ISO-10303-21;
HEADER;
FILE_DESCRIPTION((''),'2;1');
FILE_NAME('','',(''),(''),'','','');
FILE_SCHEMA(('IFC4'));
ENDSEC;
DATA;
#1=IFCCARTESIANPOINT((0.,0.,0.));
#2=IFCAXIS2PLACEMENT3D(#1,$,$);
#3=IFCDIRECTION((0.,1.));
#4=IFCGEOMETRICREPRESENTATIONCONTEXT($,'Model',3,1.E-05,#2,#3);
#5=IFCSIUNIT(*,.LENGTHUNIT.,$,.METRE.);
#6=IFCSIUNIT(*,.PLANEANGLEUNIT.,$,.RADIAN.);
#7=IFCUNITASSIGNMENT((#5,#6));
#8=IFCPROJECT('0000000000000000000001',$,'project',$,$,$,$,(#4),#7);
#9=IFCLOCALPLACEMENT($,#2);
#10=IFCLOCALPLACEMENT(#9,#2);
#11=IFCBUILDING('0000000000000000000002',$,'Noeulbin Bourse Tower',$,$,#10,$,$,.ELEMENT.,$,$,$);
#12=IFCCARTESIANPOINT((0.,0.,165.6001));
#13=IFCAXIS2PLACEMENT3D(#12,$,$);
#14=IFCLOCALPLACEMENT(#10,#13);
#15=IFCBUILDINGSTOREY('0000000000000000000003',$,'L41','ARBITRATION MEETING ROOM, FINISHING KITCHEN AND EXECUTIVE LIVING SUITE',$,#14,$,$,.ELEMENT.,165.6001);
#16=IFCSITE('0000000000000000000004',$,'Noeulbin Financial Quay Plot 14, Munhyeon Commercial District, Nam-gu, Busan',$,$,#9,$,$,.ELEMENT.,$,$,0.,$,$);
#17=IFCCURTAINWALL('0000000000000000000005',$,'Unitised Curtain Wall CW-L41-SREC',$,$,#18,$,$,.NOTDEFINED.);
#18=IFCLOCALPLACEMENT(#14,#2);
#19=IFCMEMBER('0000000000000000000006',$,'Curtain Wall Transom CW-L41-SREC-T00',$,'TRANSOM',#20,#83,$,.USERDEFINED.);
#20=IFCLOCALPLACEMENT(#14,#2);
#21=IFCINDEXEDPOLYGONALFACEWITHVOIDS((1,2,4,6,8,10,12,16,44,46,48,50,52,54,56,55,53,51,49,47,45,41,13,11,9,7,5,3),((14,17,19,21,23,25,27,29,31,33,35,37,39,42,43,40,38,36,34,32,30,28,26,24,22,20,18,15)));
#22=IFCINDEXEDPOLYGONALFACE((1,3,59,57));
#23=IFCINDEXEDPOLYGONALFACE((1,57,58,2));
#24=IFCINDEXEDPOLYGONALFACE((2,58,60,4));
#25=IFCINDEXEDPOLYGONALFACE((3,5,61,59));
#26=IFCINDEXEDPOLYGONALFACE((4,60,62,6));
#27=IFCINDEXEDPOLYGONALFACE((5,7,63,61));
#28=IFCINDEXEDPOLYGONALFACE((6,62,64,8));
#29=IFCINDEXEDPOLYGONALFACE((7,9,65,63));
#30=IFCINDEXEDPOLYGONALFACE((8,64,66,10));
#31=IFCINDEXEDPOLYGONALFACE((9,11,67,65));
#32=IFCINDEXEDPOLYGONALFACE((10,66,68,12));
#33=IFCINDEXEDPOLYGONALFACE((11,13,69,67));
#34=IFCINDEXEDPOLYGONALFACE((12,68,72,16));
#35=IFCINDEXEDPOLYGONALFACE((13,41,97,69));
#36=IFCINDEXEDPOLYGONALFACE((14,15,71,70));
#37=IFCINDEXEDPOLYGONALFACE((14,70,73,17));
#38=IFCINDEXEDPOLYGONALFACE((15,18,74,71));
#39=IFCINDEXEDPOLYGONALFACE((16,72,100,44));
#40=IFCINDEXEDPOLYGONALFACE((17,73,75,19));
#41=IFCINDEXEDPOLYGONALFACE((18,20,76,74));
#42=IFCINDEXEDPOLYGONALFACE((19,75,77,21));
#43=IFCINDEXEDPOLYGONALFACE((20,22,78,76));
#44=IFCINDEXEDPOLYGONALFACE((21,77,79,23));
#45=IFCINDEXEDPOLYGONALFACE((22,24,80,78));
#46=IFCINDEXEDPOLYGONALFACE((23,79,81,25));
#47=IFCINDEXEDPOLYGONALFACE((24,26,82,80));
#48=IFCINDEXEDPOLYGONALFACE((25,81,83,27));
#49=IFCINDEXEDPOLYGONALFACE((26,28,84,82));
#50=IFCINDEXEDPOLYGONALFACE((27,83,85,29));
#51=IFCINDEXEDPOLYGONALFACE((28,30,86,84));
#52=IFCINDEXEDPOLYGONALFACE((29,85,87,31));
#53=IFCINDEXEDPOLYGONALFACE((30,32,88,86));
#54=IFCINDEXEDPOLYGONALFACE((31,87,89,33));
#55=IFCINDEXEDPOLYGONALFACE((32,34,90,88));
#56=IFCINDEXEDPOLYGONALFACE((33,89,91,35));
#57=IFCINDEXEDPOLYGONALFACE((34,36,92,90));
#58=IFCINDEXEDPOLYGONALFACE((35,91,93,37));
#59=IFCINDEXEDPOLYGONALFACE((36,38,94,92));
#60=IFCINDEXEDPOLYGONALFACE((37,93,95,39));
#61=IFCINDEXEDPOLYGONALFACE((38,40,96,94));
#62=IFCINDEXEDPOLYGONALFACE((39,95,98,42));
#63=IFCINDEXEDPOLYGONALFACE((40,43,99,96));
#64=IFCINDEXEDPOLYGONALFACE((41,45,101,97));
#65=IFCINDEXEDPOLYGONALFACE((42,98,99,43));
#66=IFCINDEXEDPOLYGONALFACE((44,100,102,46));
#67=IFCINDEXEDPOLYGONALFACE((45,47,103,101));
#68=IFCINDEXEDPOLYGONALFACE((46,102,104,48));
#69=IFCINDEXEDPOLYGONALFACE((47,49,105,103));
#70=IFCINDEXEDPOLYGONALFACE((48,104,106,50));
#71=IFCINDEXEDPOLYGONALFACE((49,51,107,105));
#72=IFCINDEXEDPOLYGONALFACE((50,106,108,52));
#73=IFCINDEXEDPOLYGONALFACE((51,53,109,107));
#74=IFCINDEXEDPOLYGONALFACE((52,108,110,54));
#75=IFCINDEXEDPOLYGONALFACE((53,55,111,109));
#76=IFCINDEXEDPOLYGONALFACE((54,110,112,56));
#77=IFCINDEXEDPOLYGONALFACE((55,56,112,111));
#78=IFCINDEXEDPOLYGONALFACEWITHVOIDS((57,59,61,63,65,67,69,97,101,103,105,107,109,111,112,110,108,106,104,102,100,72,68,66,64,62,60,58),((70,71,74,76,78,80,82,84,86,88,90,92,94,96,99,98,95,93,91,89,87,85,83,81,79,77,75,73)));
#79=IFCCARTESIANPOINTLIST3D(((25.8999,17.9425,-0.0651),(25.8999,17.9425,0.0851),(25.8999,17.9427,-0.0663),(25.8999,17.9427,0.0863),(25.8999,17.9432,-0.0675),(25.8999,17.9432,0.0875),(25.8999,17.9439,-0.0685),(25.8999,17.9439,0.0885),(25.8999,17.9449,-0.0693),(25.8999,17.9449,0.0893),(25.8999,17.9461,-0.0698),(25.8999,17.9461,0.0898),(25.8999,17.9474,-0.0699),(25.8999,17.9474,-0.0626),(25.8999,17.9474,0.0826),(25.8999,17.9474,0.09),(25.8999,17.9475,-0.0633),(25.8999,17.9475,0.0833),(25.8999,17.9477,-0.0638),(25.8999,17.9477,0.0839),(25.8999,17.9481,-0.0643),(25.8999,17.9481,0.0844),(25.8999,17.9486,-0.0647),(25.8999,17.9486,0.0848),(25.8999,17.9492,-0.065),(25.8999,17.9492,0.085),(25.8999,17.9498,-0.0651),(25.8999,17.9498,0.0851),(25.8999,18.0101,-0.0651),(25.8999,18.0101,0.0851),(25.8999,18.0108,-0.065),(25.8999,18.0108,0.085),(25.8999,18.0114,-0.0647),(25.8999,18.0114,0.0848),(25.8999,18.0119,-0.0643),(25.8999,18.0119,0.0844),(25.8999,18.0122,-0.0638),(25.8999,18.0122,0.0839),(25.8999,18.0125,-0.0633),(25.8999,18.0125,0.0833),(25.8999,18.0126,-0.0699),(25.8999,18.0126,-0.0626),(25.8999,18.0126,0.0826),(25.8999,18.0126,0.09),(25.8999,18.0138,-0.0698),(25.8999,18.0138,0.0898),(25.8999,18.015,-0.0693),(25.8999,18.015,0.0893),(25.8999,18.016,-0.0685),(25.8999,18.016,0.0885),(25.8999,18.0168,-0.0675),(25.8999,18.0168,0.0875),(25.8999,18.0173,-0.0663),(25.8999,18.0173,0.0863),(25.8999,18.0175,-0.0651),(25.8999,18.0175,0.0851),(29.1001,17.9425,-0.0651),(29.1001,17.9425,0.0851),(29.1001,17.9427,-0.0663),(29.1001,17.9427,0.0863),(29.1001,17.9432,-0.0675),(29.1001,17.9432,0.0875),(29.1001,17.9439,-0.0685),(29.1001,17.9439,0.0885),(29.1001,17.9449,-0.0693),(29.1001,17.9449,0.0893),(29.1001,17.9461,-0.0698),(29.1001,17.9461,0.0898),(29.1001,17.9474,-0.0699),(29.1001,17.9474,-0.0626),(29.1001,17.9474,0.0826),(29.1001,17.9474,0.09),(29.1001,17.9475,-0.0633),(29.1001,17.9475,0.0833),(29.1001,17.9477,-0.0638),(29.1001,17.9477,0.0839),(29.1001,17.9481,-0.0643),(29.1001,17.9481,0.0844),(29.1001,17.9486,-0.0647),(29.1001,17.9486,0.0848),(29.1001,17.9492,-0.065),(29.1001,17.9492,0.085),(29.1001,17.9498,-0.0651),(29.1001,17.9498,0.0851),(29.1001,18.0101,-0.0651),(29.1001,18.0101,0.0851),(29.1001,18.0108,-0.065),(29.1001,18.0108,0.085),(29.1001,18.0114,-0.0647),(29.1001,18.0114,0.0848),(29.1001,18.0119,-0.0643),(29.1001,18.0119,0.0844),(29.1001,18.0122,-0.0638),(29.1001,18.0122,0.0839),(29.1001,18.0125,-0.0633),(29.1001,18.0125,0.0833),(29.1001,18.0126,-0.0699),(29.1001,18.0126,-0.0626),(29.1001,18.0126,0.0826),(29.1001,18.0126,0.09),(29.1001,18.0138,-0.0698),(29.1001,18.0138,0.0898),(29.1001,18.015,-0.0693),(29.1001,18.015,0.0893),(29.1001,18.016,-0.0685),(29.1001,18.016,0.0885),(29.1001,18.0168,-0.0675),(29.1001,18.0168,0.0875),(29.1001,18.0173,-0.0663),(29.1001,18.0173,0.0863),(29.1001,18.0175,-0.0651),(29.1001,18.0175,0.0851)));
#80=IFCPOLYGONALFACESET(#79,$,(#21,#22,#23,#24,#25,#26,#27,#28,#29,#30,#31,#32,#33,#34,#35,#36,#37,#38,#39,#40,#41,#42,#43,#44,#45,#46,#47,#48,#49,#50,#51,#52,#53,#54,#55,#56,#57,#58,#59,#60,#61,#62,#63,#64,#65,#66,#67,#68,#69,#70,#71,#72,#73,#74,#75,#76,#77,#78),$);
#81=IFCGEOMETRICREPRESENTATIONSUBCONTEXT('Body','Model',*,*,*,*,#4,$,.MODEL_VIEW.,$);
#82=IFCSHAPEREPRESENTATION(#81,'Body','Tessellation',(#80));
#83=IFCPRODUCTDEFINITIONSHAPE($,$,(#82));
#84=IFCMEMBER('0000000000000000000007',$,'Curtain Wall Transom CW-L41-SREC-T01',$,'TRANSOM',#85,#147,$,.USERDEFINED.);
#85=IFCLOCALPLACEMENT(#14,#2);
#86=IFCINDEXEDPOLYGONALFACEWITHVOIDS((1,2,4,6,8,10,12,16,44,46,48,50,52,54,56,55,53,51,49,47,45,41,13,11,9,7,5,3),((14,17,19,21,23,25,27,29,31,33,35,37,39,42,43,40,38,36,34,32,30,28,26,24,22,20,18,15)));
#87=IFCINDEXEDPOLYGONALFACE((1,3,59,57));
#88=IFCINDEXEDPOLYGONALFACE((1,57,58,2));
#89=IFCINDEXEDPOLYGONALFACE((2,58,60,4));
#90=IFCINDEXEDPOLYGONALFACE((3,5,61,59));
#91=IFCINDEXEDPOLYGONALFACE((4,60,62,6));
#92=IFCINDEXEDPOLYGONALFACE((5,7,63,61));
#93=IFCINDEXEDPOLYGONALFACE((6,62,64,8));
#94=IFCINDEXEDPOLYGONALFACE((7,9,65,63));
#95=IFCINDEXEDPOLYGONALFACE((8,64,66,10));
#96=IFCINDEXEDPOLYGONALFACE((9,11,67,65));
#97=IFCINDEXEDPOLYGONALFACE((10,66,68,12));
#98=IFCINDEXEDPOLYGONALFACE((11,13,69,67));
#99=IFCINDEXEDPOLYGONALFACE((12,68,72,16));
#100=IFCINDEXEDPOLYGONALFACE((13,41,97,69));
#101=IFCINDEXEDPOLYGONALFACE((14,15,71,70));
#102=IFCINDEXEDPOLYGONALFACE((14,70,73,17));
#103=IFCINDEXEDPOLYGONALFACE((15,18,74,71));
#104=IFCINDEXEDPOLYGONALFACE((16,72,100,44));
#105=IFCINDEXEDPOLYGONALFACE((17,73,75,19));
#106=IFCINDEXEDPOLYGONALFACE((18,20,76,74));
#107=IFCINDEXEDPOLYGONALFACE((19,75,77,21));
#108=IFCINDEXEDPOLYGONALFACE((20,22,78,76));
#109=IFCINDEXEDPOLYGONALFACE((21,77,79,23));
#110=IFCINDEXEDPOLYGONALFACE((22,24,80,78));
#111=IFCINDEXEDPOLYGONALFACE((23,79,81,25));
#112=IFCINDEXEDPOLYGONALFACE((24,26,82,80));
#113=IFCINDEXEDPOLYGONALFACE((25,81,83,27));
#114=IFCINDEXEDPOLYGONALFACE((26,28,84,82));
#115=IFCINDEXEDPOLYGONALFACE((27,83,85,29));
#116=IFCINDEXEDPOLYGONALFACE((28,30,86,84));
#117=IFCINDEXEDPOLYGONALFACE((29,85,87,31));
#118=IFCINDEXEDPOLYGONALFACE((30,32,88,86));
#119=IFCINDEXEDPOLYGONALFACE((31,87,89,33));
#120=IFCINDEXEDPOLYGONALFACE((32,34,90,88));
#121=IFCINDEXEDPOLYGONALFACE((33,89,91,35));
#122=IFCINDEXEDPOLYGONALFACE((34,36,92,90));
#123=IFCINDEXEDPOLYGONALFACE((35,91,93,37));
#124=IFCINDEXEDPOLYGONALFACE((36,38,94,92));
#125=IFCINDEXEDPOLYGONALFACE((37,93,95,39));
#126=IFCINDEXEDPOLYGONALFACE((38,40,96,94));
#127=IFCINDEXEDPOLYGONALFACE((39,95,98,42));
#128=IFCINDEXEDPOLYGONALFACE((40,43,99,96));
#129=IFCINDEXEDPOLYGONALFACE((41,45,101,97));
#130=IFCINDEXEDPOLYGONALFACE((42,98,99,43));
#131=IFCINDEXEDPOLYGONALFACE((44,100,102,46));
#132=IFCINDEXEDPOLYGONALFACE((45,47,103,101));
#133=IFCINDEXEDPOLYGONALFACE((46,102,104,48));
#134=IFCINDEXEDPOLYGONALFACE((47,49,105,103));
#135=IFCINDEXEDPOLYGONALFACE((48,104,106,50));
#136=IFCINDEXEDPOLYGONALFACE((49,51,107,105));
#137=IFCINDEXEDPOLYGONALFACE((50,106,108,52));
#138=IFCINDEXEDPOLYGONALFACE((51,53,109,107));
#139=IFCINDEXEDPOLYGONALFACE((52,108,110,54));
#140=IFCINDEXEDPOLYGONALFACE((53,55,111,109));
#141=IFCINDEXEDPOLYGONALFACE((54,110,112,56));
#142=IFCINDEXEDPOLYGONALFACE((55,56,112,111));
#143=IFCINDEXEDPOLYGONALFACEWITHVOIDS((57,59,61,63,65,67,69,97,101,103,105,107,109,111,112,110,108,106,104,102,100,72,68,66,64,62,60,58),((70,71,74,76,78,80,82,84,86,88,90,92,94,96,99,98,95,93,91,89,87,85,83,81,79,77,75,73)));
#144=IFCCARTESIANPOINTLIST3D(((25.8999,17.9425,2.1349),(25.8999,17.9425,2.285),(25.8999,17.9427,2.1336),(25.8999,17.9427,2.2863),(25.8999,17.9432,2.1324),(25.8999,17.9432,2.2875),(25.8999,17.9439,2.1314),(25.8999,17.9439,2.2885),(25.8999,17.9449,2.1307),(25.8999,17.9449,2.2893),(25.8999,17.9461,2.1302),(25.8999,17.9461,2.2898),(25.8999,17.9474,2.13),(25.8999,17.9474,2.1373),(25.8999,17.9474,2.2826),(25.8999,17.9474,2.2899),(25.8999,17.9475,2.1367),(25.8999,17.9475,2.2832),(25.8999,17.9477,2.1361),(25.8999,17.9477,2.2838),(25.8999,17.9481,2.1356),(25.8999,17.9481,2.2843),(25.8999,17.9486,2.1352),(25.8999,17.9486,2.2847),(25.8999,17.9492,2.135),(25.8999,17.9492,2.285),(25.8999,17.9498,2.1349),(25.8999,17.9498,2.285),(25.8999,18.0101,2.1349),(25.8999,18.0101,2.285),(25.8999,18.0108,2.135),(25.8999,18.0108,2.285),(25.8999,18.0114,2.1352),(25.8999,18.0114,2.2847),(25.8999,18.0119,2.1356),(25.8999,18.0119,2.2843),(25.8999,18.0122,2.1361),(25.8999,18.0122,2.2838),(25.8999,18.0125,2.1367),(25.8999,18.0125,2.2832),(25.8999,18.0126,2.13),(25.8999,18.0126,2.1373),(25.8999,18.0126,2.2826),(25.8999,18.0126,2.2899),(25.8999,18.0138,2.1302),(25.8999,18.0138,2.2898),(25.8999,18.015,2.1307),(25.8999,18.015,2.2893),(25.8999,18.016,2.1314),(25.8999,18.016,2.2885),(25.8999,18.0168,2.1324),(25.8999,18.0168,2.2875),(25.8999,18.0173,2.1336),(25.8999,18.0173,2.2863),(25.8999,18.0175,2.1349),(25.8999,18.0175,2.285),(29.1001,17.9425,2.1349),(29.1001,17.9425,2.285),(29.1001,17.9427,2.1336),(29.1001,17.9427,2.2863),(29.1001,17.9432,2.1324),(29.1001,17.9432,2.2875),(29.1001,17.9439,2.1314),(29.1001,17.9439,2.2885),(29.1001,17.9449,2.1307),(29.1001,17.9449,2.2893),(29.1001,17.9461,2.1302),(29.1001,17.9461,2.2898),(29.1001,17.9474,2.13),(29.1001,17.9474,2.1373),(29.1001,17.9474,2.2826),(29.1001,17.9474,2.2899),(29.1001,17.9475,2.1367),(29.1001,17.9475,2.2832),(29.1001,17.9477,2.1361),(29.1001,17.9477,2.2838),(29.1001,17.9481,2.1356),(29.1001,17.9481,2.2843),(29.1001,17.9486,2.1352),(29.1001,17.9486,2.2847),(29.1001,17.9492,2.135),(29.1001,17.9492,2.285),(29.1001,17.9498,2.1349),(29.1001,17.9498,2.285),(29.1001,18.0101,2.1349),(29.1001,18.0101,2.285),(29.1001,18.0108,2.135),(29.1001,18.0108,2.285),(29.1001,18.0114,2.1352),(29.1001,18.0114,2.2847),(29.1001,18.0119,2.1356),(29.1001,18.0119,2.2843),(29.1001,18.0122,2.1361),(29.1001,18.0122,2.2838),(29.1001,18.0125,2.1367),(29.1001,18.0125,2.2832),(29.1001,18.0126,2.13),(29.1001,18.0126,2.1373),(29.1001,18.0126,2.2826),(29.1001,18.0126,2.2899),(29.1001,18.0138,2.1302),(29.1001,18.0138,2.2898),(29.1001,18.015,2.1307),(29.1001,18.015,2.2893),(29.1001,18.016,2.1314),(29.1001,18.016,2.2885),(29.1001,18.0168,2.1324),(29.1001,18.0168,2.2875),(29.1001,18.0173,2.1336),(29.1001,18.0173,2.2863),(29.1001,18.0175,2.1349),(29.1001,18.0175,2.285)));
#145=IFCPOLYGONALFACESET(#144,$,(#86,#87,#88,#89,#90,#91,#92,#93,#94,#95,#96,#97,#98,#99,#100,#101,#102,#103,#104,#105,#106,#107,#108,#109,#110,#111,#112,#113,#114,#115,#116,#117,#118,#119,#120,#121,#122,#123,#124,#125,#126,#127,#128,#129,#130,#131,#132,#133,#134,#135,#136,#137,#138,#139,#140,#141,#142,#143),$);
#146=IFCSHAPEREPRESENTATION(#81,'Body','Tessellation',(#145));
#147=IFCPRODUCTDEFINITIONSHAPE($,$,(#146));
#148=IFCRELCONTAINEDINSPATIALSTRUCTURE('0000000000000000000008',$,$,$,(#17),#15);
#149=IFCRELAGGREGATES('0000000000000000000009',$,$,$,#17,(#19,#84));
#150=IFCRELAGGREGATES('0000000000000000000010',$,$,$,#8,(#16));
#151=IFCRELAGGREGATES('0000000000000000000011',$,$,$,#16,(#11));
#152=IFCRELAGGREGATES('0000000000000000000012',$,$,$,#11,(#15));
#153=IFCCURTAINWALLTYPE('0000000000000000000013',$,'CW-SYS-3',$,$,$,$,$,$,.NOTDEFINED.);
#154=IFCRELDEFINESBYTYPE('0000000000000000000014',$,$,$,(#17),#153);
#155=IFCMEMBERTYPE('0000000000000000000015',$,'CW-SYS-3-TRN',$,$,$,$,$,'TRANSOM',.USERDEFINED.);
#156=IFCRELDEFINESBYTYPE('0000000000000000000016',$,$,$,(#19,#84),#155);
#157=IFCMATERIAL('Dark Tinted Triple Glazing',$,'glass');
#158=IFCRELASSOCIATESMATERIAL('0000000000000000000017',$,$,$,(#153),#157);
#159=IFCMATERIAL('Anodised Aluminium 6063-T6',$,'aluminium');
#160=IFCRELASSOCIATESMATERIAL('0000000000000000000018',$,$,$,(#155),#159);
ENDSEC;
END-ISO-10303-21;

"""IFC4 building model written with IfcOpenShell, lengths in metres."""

from ifc_helpers import new_model, si_unit, direction, frame, origin, origin_2d, place, context, subcontext, project, spatial, hollow_rectangle, extrude, material, material_profile, profile_set, type_object, element, aggregate, save


model = new_model("IFC4")

# Units and contexts
model_context = context("Model", 3, precision=1e-05, world=origin(), true_north=direction((0.0, 1.0)))
body_context = subcontext(model_context, "Body", "Model", "MODEL_VIEW")
ifc_project = project(units=[si_unit("LENGTHUNIT", "METRE"), si_unit("PLANEANGLEUNIT", "RADIAN")], contexts=[model_context])

# Site, building, storey
site_placement = place(None, origin())
site = spatial("IfcSite", under=ifc_project, at=site_placement, Name="Noeulbin Financial Quay Plot 14, Munhyeon Commercial District, Nam-gu, Busan", CompositionType="ELEMENT", RefElevation=0.0)
building_placement = place(site_placement, origin())
building = spatial("IfcBuilding", under=site, at=building_placement, Name="Noeulbin Bourse Tower", CompositionType="ELEMENT")
storey_placement = place(building_placement, frame((0.0, 0.0, 165.6001)))
storey = spatial("IfcBuildingStorey", under=building, at=storey_placement, Name="L41", Description="ARBITRATION MEETING ROOM, FINISHING KITCHEN AND EXECUTIVE LIVING SUITE", CompositionType="ELEMENT", Elevation=165.6001)

# Curtain wall
ifc_material_1 = material(Name="Dark Tinted Triple Glazing", Category="glass")
curtain_wall_type = type_object("IfcCurtainWallType", Name="CW-SYS-3", PredefinedType="NOTDEFINED", material=ifc_material_1)
curtain_wall_1_placement = place(storey_placement, origin())
curtain_wall_1 = element("IfcCurtainWall", 1, at=curtain_wall_1_placement, inside=storey, type_object=curtain_wall_type, Name="Unitised Curtain Wall CW-L41-SREC", PredefinedType="NOTDEFINED")
ifc_material_2 = material(Name="Anodised Aluminium 6063-T6", Category="aluminium")

# Members
ifc_material_profile_1 = material_profile(ifc_material_2, hollow_rectangle(XDim=0.075, YDim=0.1599, WallThickness=0.0049, InnerFilletRadius=0.0024, OuterFilletRadius=0.0049, at=origin_2d()), Name="ALU-TRAN-75x160x5", Category="LoadBearing")
ifc_profile_set_1 = profile_set([ifc_material_profile_1], Name="Anodised Aluminium 6063-T6")
member_type_1 = type_object("IfcMemberType", Name="CW-SYS-3-TRN", ElementType="TRANSOM", PredefinedType="USERDEFINED", material=ifc_profile_set_1)
member_1_placement = place(storey_placement, frame((25.8999, 17.98, 0.01), z_axis=(1.0, 0.0, 0.0), x_axis=(0.0, 1.0, 0.0)))
member_1 = element("IfcMember", 2, at=member_1_placement, type_object=member_type_1, Name="Curtain Wall Transom CW-L41-SREC-T00", ObjectType="TRANSOM", PredefinedType="USERDEFINED", context=body_context, shape_type="SweptSolid", body=[
    extrude(hollow_rectangle(XDim=0.075, YDim=0.1599, WallThickness=0.0049, InnerFilletRadius=0.0024, OuterFilletRadius=0.0049, at=origin_2d()), origin(), (0.0, 0.0, 1.0), 3.2002),
])
member_2_placement = place(storey_placement, frame((25.8999, 17.98, 2.21), z_axis=(1.0, 0.0, 0.0), x_axis=(0.0, 1.0, 0.0)))
member_2 = element("IfcMember", 3, at=member_2_placement, type_object=member_type_1, Name="Curtain Wall Transom CW-L41-SREC-T01", ObjectType="TRANSOM", PredefinedType="USERDEFINED", context=body_context, shape_type="SweptSolid", body=[
    extrude(hollow_rectangle(XDim=0.075, YDim=0.1599, WallThickness=0.0049, InnerFilletRadius=0.0024, OuterFilletRadius=0.0049, at=origin_2d()), origin(), (0.0, 0.0, 1.0), 3.2002),
])

aggregate(curtain_wall_1, [member_1, member_2])

save(model, "model.ifc")
